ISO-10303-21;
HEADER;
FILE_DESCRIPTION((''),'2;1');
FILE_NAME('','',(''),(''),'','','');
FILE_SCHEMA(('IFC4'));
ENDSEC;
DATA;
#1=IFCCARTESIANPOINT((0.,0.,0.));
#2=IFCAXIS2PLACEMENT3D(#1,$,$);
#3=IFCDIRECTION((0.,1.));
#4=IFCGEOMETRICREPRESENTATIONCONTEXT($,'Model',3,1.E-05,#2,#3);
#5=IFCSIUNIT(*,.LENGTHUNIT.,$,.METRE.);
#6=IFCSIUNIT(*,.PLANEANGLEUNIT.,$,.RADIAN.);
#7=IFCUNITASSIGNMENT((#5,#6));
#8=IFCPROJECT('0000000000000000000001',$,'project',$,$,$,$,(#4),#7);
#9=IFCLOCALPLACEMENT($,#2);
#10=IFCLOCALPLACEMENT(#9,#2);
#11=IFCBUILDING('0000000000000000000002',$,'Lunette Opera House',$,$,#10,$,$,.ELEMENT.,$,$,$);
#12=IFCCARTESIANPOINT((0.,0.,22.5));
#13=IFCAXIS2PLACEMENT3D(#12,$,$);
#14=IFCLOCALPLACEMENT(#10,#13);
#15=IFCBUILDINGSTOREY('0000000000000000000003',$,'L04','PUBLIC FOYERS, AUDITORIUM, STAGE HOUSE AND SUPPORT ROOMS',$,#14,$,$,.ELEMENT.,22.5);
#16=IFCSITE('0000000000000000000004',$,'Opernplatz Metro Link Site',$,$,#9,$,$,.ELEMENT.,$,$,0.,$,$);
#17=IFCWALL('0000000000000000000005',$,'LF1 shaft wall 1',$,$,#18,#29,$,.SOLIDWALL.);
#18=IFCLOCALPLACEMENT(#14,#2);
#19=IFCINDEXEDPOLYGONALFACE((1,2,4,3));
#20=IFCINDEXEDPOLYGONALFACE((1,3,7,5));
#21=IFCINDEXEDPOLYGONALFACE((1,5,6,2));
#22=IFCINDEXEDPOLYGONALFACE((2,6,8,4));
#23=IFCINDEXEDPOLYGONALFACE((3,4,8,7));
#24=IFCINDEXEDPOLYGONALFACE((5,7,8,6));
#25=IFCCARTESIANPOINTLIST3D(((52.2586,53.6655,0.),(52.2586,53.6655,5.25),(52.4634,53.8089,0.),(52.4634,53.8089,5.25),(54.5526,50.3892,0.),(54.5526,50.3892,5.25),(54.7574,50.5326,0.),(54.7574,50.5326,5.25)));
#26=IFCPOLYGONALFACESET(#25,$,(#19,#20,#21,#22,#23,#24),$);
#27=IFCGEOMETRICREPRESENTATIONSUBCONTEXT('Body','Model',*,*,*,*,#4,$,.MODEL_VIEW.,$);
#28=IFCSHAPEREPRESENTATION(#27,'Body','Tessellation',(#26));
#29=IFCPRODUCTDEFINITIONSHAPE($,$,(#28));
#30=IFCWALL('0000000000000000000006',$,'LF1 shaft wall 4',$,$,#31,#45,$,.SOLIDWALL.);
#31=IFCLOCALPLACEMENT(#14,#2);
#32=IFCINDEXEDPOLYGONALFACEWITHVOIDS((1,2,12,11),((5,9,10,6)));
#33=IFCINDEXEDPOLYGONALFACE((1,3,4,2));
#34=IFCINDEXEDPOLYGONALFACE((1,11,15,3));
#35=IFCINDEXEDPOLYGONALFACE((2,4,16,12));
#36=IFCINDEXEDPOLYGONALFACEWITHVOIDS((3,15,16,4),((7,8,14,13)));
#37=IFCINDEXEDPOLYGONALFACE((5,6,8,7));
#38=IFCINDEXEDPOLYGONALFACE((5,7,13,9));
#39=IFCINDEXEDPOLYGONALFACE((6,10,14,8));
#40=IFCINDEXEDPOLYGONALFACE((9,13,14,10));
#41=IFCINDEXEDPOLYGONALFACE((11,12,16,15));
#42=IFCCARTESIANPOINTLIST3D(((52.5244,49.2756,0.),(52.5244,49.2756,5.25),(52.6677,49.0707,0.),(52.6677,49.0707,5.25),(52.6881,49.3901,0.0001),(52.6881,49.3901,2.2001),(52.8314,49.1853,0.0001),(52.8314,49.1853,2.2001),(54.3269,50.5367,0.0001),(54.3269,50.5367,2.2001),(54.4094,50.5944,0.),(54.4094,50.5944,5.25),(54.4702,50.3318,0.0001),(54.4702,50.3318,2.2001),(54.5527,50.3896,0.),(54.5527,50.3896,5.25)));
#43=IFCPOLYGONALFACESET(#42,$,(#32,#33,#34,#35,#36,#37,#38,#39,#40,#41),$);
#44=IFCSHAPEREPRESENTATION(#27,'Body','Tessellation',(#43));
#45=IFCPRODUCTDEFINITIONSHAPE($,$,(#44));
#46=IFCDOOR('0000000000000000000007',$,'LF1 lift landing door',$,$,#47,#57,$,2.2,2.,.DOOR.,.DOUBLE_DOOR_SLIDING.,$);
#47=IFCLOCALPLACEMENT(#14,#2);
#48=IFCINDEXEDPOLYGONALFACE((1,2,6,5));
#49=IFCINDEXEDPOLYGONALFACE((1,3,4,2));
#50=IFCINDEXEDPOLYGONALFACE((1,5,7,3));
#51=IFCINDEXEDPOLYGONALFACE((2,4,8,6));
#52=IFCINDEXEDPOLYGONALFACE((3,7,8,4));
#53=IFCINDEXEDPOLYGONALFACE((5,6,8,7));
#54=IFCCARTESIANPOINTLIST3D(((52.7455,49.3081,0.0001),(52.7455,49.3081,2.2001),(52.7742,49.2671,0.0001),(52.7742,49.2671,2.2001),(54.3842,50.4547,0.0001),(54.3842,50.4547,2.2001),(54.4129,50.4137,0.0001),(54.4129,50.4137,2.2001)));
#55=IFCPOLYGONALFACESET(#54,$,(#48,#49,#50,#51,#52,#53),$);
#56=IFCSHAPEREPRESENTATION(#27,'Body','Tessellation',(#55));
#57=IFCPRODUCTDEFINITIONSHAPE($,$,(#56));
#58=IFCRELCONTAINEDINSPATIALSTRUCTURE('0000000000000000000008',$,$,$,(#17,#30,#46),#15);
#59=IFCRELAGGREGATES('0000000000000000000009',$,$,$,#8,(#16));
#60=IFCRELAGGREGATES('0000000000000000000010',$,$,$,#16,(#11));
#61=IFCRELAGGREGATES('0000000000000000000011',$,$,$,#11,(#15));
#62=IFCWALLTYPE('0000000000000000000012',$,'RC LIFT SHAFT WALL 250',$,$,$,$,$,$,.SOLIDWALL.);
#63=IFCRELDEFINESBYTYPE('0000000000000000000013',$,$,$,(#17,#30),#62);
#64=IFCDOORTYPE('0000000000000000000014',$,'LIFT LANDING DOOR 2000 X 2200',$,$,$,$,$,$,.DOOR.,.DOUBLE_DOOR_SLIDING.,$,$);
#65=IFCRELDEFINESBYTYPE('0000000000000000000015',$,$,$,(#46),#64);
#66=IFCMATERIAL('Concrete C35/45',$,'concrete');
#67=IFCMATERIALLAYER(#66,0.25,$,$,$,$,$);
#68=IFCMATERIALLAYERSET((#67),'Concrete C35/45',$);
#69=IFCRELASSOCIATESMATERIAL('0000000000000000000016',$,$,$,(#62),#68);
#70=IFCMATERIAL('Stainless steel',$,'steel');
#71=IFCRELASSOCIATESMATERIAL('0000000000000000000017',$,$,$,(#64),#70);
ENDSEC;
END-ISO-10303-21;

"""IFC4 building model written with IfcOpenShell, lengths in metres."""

from ifc_helpers import new_model, si_unit, direction, frame, frame_2d, origin, place, context, subcontext, project, spatial, rectangle, extrude, material, layer, layer_set, type_object, element, fill, save


model = new_model("IFC4")

# Units and contexts
model_context = context("Model", 3, precision=1e-05, world=origin(), true_north=direction((0.0, 1.0)))
body_context = subcontext(model_context, "Body", "Model", "MODEL_VIEW")
ifc_project = project(units=[si_unit("LENGTHUNIT", "METRE"), si_unit("PLANEANGLEUNIT", "RADIAN")], contexts=[model_context])

# Site, building, storey
site_placement = place(None, origin())
site = spatial("IfcSite", under=ifc_project, at=site_placement, Name="Opernplatz Metro Link Site", CompositionType="ELEMENT", RefElevation=0.0)
building_placement = place(site_placement, origin())
building = spatial("IfcBuilding", under=site, at=building_placement, Name="Lunette Opera House", CompositionType="ELEMENT")
storey_placement = place(building_placement, frame((0.0, 0.0, 22.5)))
storey = spatial("IfcBuildingStorey", under=building, at=storey_placement, Name="L04", Description="PUBLIC FOYERS, AUDITORIUM, STAGE HOUSE AND SUPPORT ROOMS", CompositionType="ELEMENT", Elevation=22.5)

# Shared definitions
ifc_material_1 = material(Name="Concrete C35/45", Category="concrete")
ifc_layer_1 = layer(ifc_material_1, 0.25)
ifc_layer_set_1 = layer_set([ifc_layer_1], Name="Concrete C35/45")
wall_type_1 = type_object("IfcWallType", Name="RC LIFT SHAFT WALL 250", PredefinedType="SOLIDWALL", material=ifc_layer_set_1)

# Wall
wall_1_placement = place(storey_placement, frame((54.655, 50.4609, 0.0), z_axis=(0.0, 0.0, 1.0), x_axis=(-0.573573, 0.819154, 0.0)))
element("IfcWall", 1, at=wall_1_placement, inside=storey, type_object=wall_type_1, Name="LF1 shaft wall 1", PredefinedType="SOLIDWALL", context=body_context, shape_type="SweptSolid", body=[
    extrude(rectangle(XDim=3.9995, YDim=0.25, at=frame_2d((1.9998, 0.0))), origin(), (0.0, 0.0, 1.0), 5.25),
])

# Wall, opening, door
wall_2_placement = place(storey_placement, frame((52.5959, 49.1731, 0.0), z_axis=(0.0, 0.0, 1.0), x_axis=(0.819367, 0.57327, 0.0)))
wall_2 = element("IfcWall", 2, at=wall_2_placement, inside=storey, type_object=wall_type_1, Name="LF1 shaft wall 4", PredefinedType="SOLIDWALL", context=body_context, shape_type="SweptSolid", body=[
    extrude(rectangle(XDim=2.3005, YDim=0.25, at=frame_2d((1.1504, 0.0))), origin(), (0.0, 0.0, 1.0), 5.25),
])
opening_1_placement = place(wall_2_placement, frame((0.2, 0.0, 0.0)))
opening_1 = element("IfcOpeningElement", 3, at=opening_1_placement, cuts=wall_2, PredefinedType="OPENING", context=body_context, shape_type="SweptSolid", body=[
    extrude(rectangle(XDim=2.0, YDim=2.2, at=frame_2d((1.0, 1.1001))), frame((0.0, 0.137, 0.0), z_axis=(0.0, -1.0, 0.0), x_axis=(1.0, 0.0, 0.0)), (0.0, 0.0, 1.0), 0.2739),
])
ifc_material_2 = material(Name="Stainless steel", Category="steel")
door_type_1 = type_object("IfcDoorType", Name="LIFT LANDING DOOR 2000 X 2200", OperationType="DOUBLE_DOOR_SLIDING", PredefinedType="DOOR", material=ifc_material_2)
door_1_placement = place(opening_1_placement, origin())
door_1 = element("IfcDoor", 4, at=door_1_placement, inside=storey, type_object=door_type_1, Name="LF1 lift landing door", OperationType="DOUBLE_DOOR_SLIDING", OverallHeight=2.2, OverallWidth=2.0, PredefinedType="DOOR", context=body_context, shape_type="SweptSolid", body=[
    extrude(rectangle(XDim=2.0, YDim=2.2, at=frame_2d((1.0, 1.1001))), frame((0.0, 0.0249, 0.0), z_axis=(0.0, -1.0, 0.0), x_axis=(1.0, 0.0, 0.0)), (0.0, 0.0, 1.0), 0.05),
])
fill(opening_1, door_1)

save(model, "model.ifc")
